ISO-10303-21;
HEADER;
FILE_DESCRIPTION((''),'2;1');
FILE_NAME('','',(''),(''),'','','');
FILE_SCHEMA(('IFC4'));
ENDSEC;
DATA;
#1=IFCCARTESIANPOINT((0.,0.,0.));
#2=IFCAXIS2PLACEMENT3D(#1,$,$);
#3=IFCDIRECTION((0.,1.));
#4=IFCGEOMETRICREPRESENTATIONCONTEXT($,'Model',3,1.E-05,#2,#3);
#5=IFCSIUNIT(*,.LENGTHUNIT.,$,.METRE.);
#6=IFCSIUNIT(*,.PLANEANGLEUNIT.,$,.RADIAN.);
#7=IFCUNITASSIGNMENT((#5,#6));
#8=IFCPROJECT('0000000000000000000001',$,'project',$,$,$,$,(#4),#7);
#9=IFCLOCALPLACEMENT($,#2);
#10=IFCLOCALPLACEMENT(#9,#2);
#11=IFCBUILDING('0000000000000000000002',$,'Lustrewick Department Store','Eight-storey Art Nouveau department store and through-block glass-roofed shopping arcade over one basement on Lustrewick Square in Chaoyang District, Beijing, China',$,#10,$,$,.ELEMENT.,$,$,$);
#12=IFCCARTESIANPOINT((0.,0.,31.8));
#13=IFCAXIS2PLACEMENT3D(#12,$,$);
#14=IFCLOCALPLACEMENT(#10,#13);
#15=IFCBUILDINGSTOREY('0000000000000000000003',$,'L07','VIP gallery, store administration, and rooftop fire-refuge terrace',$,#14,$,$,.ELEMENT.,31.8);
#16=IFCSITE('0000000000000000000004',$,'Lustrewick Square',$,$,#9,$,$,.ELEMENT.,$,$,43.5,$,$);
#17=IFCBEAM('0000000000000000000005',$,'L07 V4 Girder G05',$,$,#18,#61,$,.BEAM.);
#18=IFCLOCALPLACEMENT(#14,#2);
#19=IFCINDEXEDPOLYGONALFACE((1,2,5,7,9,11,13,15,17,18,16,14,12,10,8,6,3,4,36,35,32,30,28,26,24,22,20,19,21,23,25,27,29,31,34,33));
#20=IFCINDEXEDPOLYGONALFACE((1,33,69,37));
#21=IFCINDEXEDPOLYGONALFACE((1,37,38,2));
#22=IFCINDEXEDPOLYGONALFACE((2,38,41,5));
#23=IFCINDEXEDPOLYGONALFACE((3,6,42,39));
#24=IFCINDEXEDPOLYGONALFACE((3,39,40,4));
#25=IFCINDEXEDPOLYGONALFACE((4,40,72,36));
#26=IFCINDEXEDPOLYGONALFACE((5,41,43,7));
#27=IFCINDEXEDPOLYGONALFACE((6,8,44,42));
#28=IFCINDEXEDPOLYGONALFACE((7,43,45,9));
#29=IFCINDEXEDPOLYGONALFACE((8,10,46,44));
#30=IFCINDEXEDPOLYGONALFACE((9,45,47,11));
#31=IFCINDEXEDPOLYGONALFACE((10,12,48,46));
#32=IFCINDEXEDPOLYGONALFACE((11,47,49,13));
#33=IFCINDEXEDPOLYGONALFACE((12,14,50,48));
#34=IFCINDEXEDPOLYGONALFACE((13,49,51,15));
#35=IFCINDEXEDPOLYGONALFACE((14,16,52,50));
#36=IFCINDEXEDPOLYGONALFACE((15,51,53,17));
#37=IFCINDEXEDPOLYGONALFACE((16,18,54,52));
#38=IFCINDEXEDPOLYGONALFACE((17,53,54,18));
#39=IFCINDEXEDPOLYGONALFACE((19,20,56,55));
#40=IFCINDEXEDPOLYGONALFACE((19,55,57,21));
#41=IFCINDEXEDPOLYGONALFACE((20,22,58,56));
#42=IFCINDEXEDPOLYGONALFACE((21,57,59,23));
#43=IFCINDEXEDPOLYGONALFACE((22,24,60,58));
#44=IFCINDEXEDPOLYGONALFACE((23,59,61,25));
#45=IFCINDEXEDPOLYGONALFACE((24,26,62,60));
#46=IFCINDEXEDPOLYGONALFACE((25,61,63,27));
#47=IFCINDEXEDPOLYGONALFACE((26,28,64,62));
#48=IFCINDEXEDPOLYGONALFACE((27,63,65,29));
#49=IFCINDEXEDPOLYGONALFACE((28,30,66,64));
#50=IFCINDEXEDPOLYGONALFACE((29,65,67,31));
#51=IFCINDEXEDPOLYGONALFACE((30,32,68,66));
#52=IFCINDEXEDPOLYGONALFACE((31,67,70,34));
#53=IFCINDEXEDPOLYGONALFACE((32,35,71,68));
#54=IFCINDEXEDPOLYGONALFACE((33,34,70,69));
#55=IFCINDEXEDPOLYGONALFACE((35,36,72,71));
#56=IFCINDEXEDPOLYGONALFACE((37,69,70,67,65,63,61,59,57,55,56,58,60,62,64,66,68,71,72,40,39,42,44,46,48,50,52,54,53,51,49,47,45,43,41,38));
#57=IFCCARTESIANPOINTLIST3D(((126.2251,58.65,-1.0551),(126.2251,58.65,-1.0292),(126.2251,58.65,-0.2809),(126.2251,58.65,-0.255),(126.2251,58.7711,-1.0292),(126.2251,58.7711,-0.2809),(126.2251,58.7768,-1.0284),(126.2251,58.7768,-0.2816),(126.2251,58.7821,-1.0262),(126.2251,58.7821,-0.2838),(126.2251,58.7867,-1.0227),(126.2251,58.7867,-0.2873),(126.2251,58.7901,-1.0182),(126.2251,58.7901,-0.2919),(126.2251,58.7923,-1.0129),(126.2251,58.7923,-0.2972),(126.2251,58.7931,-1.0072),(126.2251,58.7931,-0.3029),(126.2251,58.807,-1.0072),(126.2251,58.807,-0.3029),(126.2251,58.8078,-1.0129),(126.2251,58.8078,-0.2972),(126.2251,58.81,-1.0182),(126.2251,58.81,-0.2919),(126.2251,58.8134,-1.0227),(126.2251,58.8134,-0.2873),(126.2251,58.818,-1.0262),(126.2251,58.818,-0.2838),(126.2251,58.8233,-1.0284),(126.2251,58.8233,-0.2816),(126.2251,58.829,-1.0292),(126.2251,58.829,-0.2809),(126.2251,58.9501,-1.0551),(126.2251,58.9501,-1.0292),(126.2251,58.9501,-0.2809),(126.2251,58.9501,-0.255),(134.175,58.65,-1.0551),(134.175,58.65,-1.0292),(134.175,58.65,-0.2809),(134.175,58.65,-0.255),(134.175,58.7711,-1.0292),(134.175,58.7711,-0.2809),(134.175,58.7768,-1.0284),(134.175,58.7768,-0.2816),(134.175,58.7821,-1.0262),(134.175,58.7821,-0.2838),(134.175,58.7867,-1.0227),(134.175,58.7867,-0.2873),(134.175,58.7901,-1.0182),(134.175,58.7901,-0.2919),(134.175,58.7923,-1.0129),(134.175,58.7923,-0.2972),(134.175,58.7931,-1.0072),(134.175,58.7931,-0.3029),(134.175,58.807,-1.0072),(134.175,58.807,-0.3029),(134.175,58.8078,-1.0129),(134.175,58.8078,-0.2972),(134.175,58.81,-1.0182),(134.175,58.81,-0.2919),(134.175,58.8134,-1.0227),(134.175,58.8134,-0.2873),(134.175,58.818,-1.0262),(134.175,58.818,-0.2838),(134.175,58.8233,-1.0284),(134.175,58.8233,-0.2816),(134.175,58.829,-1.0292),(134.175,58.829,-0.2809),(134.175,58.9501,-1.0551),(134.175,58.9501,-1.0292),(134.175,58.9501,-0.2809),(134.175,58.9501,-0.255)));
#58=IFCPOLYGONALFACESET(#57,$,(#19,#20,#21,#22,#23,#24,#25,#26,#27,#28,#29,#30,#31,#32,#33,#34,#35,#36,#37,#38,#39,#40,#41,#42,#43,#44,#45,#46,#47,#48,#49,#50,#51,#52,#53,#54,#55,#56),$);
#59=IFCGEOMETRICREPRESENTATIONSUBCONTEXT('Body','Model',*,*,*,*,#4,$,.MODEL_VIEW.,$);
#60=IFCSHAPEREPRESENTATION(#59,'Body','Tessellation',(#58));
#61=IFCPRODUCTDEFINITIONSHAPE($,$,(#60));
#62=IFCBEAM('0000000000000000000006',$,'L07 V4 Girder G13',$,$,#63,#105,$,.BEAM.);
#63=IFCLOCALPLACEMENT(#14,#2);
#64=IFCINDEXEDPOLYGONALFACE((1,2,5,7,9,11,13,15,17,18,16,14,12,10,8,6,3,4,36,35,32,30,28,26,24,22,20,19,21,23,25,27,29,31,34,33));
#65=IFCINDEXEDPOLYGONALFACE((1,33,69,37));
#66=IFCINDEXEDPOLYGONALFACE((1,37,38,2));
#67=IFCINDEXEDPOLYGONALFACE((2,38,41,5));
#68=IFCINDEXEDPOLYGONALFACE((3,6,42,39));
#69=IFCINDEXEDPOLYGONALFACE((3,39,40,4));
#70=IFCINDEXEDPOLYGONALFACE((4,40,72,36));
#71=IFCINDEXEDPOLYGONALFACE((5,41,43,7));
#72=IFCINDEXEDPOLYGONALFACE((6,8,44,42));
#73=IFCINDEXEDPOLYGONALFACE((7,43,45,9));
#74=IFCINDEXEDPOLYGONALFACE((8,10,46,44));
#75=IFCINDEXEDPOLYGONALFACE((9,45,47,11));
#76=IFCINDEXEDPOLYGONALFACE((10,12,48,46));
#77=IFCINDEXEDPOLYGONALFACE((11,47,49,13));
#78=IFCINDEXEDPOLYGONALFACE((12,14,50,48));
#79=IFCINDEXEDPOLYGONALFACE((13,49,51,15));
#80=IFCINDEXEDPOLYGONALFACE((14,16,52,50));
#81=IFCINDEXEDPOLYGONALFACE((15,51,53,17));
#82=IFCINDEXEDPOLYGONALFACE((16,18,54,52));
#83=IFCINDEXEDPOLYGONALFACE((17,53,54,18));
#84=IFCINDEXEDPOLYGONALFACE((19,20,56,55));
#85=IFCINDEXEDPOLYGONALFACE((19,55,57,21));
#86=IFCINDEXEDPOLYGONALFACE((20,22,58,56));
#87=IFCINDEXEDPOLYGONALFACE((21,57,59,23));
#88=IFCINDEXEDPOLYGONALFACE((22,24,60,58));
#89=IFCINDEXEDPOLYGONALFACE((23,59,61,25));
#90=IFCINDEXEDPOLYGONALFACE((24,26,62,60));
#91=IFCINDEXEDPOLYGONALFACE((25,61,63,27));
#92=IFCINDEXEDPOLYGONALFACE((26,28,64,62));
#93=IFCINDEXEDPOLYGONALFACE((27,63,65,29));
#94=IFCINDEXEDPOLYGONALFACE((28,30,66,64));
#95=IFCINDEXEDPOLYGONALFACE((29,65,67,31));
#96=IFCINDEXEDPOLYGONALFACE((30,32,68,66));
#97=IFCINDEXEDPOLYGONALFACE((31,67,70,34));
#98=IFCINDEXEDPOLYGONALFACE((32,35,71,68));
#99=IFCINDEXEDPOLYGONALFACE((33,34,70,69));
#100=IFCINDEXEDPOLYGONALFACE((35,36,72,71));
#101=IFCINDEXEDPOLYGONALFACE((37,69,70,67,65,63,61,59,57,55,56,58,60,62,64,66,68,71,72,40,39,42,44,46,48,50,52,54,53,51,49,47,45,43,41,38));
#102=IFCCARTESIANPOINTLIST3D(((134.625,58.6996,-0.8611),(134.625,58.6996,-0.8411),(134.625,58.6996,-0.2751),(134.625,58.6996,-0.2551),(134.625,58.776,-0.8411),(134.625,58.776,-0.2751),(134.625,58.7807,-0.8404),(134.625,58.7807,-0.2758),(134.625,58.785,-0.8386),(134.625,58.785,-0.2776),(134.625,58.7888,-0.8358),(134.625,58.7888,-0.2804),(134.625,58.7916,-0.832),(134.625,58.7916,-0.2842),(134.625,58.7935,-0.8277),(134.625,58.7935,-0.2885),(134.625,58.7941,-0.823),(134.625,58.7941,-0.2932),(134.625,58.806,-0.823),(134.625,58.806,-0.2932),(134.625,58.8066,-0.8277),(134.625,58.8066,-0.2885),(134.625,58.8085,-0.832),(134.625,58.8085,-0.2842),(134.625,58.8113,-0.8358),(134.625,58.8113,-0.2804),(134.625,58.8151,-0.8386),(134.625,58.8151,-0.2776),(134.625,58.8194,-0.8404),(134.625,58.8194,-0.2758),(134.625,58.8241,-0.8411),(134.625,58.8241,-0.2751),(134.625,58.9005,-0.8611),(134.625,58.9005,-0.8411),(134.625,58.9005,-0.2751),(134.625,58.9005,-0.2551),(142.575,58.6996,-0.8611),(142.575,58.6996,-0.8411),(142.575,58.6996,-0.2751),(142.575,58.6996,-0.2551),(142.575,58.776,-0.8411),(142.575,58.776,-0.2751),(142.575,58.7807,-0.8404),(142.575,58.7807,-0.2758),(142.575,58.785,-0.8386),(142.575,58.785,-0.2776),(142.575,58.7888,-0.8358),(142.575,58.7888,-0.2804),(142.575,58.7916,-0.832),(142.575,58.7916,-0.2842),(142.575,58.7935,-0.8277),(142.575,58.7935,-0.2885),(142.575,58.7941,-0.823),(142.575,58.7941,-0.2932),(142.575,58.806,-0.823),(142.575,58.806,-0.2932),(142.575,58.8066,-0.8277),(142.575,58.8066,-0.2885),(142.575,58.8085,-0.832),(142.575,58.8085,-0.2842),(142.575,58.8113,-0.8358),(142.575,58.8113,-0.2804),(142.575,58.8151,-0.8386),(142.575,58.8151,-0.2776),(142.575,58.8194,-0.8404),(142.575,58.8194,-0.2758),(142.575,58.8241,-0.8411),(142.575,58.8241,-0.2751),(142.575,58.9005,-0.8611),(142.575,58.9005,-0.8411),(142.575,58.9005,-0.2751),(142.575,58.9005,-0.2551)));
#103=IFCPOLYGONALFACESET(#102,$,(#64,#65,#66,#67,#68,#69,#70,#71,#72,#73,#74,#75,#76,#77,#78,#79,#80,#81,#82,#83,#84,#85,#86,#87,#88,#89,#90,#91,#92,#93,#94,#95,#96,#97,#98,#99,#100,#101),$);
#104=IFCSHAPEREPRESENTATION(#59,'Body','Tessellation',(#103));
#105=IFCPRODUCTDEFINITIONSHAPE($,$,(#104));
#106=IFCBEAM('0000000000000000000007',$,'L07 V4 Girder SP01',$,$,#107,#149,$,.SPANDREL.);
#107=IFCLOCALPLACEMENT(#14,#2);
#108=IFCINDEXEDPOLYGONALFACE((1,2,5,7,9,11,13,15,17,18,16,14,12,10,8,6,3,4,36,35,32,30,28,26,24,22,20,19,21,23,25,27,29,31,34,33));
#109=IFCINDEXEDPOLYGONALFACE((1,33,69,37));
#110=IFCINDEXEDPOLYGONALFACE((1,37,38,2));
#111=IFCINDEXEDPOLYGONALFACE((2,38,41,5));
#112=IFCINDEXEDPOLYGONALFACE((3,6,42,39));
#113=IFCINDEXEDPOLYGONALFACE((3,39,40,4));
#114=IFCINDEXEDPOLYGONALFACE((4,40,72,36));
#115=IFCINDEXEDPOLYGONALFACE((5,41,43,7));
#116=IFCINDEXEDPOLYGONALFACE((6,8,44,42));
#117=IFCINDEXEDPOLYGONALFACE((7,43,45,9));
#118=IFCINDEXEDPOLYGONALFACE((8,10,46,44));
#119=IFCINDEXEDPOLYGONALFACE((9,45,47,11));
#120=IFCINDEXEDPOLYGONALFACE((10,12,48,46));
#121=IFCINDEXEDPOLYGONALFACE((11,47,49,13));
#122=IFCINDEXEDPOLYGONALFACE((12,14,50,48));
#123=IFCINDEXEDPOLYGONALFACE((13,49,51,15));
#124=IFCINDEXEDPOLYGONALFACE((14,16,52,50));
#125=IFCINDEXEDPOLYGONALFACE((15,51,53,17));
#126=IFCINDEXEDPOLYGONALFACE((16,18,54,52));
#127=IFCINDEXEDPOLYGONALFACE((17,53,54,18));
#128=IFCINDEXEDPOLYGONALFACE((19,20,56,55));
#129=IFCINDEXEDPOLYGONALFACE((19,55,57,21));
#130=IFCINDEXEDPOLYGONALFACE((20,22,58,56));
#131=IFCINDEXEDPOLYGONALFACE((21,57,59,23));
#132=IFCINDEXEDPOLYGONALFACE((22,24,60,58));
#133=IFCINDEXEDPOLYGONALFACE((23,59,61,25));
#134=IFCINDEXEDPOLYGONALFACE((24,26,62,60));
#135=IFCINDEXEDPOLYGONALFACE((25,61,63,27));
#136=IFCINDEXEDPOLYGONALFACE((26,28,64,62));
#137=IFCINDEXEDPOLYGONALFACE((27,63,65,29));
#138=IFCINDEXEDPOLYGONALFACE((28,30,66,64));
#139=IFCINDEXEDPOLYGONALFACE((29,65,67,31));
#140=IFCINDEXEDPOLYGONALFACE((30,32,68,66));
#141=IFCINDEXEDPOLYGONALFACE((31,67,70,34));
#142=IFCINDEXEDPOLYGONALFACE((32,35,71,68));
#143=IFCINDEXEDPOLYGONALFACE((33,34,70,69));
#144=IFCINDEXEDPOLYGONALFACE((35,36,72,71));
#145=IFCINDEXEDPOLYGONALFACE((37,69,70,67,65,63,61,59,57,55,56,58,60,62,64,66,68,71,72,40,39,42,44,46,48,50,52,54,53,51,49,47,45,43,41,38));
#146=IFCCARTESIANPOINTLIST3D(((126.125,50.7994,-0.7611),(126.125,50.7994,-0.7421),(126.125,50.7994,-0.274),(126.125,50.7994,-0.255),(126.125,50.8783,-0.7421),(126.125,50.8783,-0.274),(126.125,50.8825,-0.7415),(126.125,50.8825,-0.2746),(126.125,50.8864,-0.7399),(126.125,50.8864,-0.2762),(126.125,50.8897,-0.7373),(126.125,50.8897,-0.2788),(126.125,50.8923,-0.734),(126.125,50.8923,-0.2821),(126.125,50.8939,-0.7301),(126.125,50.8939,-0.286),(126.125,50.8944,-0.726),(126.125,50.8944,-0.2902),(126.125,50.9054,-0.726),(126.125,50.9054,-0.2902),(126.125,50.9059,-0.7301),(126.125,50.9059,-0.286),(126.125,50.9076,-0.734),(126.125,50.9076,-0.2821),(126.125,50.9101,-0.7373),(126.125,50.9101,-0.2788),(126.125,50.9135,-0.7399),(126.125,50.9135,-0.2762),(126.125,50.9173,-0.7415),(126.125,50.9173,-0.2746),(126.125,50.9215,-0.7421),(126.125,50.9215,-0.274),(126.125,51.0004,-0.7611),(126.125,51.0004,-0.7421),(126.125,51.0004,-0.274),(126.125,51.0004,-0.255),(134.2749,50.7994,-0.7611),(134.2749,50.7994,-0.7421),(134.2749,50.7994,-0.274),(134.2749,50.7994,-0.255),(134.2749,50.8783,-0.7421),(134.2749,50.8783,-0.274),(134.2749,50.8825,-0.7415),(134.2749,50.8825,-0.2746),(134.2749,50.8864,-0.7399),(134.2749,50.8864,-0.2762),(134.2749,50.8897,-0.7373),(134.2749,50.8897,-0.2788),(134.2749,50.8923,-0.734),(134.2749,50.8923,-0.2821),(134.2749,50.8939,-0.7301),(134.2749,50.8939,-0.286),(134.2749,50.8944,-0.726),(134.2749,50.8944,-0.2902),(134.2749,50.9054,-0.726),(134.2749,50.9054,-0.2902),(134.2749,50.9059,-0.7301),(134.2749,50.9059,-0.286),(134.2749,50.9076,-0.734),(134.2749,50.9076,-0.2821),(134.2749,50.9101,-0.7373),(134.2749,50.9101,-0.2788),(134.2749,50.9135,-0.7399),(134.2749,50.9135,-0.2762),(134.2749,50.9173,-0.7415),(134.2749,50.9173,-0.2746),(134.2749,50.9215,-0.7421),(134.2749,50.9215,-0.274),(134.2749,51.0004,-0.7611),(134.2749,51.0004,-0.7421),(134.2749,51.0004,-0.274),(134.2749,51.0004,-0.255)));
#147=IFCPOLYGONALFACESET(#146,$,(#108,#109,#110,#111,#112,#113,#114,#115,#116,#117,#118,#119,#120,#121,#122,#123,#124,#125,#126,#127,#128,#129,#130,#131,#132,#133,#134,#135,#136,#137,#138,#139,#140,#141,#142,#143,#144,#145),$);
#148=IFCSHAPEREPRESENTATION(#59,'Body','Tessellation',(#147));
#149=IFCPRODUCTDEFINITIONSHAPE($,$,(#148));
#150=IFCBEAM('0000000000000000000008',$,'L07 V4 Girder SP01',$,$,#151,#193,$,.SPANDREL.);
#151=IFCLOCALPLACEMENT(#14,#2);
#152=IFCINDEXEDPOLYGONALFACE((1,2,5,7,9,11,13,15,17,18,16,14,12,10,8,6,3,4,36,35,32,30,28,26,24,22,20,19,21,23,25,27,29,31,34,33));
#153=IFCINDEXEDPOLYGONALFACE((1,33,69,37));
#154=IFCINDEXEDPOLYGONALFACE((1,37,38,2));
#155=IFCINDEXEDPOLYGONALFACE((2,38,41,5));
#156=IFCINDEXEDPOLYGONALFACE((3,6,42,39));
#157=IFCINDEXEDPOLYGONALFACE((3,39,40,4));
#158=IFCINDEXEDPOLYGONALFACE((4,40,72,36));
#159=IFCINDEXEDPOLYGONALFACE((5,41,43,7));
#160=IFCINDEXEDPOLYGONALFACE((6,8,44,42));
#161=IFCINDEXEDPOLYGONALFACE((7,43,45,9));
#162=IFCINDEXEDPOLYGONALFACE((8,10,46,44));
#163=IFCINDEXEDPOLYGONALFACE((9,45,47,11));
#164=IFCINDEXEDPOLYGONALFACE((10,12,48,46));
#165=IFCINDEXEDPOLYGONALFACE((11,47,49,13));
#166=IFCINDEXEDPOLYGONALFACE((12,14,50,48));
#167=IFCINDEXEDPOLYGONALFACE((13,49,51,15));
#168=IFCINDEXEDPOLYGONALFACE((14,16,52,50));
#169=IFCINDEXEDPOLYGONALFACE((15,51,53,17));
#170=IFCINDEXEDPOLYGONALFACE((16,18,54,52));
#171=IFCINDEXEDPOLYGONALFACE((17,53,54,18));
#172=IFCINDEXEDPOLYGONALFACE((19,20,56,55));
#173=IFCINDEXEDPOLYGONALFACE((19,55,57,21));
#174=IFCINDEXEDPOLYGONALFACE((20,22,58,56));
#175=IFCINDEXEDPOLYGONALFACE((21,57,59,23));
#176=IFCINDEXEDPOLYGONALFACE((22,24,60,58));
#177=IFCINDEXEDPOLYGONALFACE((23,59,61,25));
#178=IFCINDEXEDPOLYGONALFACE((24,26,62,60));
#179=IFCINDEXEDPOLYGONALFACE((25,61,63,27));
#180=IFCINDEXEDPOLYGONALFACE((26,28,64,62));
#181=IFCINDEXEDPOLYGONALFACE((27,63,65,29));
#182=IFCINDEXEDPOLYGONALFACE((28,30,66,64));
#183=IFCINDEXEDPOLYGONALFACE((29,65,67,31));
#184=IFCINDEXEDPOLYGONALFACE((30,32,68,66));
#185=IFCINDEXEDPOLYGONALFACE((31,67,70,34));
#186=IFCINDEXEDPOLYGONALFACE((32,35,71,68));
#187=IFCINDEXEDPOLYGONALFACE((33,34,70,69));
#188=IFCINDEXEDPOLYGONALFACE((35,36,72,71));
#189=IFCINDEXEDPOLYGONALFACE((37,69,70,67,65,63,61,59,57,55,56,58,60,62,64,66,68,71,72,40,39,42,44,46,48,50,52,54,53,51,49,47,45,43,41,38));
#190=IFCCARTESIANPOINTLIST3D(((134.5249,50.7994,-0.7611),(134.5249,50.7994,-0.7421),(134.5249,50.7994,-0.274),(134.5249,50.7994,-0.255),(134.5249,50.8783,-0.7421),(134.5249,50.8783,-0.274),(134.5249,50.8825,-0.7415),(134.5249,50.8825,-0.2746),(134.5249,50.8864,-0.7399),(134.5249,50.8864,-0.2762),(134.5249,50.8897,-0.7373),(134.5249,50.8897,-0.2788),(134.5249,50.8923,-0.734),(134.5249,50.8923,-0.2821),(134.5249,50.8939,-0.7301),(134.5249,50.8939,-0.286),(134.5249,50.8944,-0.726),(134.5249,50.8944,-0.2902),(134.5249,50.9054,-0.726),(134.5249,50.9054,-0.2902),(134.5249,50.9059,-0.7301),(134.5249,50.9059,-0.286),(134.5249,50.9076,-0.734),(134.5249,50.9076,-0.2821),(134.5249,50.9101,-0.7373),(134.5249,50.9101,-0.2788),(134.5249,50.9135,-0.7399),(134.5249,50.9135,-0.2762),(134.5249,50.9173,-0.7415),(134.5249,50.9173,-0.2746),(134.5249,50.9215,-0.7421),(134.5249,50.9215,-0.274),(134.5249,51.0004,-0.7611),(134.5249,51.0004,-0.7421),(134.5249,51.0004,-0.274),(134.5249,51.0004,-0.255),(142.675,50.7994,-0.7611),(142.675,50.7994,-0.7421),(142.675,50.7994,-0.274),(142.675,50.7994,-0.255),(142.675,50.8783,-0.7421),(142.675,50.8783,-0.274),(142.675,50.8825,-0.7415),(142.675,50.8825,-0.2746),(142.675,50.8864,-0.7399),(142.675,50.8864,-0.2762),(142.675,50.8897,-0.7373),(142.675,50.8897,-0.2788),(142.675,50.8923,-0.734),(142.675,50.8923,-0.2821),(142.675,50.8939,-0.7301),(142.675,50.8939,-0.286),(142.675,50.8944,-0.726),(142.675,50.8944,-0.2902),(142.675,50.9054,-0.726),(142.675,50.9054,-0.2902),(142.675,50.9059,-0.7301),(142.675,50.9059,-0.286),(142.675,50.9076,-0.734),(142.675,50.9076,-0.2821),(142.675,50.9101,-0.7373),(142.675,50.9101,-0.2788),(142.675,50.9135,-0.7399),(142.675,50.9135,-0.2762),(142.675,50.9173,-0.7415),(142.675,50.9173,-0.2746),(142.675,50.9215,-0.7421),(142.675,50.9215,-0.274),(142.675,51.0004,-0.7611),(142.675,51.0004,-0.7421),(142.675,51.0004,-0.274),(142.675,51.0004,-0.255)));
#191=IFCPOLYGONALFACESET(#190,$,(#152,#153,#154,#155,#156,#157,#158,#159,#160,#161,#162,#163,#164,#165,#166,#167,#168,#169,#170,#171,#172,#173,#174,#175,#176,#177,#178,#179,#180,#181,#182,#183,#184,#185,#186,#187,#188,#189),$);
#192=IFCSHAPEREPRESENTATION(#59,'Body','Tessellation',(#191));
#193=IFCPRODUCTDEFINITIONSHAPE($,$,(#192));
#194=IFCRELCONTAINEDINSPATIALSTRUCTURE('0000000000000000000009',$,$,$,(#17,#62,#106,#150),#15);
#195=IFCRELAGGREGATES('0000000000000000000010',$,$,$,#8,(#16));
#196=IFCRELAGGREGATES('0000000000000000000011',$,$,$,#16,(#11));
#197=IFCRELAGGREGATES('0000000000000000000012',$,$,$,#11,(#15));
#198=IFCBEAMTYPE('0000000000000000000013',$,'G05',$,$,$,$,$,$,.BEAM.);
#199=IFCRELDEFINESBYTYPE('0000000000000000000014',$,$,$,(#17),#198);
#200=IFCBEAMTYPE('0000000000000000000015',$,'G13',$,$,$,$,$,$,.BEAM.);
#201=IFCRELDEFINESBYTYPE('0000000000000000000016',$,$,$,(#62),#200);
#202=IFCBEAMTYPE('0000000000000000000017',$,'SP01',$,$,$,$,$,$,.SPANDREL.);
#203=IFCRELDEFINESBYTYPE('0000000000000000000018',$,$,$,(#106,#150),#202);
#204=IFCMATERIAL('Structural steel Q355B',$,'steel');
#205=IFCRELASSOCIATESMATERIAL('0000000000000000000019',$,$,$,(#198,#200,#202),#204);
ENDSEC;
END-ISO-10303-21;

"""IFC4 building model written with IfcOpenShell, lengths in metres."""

from ifc_helpers import new_model, si_unit, direction, frame, origin, origin_2d, place, context, subcontext, project, spatial, i_section, extrude, material, material_profile, profile_set, type_object, element, save


model = new_model("IFC4")

# Units and contexts
model_context = context("Model", 3, precision=1e-05, world=origin(), true_north=direction((0.0, 1.0)))
body_context = subcontext(model_context, "Body", "Model", "MODEL_VIEW")
ifc_project = project(units=[si_unit("LENGTHUNIT", "METRE"), si_unit("PLANEANGLEUNIT", "RADIAN")], contexts=[model_context])

# Site, building, storey
site_placement = place(None, origin())
site = spatial("IfcSite", under=ifc_project, at=site_placement, Name="Lustrewick Square", CompositionType="ELEMENT", RefElevation=43.5)
building_placement = place(site_placement, origin())
building = spatial("IfcBuilding", under=site, at=building_placement, Name="Lustrewick Department Store", Description="Eight-storey Art Nouveau department store and through-block glass-roofed shopping arcade over one basement on Lustrewick Square in Chaoyang District, Beijing, China", CompositionType="ELEMENT")
storey_placement = place(building_placement, frame((0.0, 0.0, 31.8)))
storey = spatial("IfcBuildingStorey", under=building, at=storey_placement, Name="L07", Description="VIP gallery, store administration, and rooftop fire-refuge terrace", CompositionType="ELEMENT", Elevation=31.8)

# Shared definitions
ifc_material_1 = material(Name="Structural steel Q355B", Category="steel")

# Beams
ifc_material_profile_1 = material_profile(ifc_material_1, i_section(OverallWidth=0.3, OverallDepth=0.8, WebThickness=0.0139, FlangeThickness=0.0259, FilletRadius=0.022, at=origin_2d()), Name="HN 800x300x14x26")
ifc_profile_set_1 = profile_set([ifc_material_profile_1], Name="Structural steel Q355B")
beam_type_1 = type_object("IfcBeamType", Name="G05", PredefinedType="BEAM", material=ifc_profile_set_1)
beam_1_placement = place(storey_placement, frame((126.2251, 58.8, -0.655), z_axis=(1.0, 0.0, 0.0), x_axis=(0.0, 1.0, 0.0)))
element("IfcBeam", 1, at=beam_1_placement, inside=storey, type_object=beam_type_1, Name="L07 V4 Girder G05", PredefinedType="BEAM", context=body_context, shape_type="SweptSolid", body=[
    extrude(i_section(OverallWidth=0.3, OverallDepth=0.8, WebThickness=0.0139, FlangeThickness=0.0259, FilletRadius=0.022, at=origin_2d()), origin(), (0.0, 0.0, 1.0), 7.95),
])
ifc_material_profile_2 = material_profile(ifc_material_1, i_section(OverallWidth=0.2009, OverallDepth=0.606, WebThickness=0.012, FlangeThickness=0.02, FilletRadius=0.0181, at=origin_2d()), Name="HN 606x201x12x20")
ifc_profile_set_2 = profile_set([ifc_material_profile_2], Name="Structural steel Q355B")
beam_type_2 = type_object("IfcBeamType", Name="G13", PredefinedType="BEAM", material=ifc_profile_set_2)
beam_2_placement = place(storey_placement, frame((134.625, 58.8, -0.5581), z_axis=(1.0, 0.0, 0.0), x_axis=(0.0, 1.0, 0.0)))
element("IfcBeam", 2, at=beam_2_placement, inside=storey, type_object=beam_type_2, Name="L07 V4 Girder G13", PredefinedType="BEAM", context=body_context, shape_type="SweptSolid", body=[
    extrude(i_section(OverallWidth=0.2009, OverallDepth=0.606, WebThickness=0.012, FlangeThickness=0.02, FilletRadius=0.0181, at=origin_2d()), origin(), (0.0, 0.0, 1.0), 7.95),
])
ifc_material_profile_3 = material_profile(ifc_material_1, i_section(OverallWidth=0.2009, OverallDepth=0.5061, WebThickness=0.011, FlangeThickness=0.019, FilletRadius=0.0161, at=origin_2d()), Name="HN 506x201x11x19")
ifc_profile_set_3 = profile_set([ifc_material_profile_3], Name="Structural steel Q355B")
beam_type_3 = type_object("IfcBeamType", Name="SP01", PredefinedType="SPANDREL", material=ifc_profile_set_3)
beam_3_placement = place(storey_placement, frame((126.125, 50.8999, -0.5081), z_axis=(1.0, 0.0, 0.0), x_axis=(0.0, 1.0, 0.0)))
element("IfcBeam", 3, at=beam_3_placement, inside=storey, type_object=beam_type_3, Name="L07 V4 Girder SP01", PredefinedType="SPANDREL", context=body_context, shape_type="SweptSolid", body=[
    extrude(i_section(OverallWidth=0.2009, OverallDepth=0.5061, WebThickness=0.011, FlangeThickness=0.019, FilletRadius=0.0161, at=origin_2d()), origin(), (0.0, 0.0, 1.0), 8.1499),
])
beam_4_placement = place(storey_placement, frame((134.5249, 50.8999, -0.5081), z_axis=(1.0, 0.0, 0.0), x_axis=(0.0, 1.0, 0.0)))
element("IfcBeam", 4, at=beam_4_placement, inside=storey, type_object=beam_type_3, Name="L07 V4 Girder SP01", PredefinedType="SPANDREL", context=body_context, shape_type="SweptSolid", body=[
    extrude(i_section(OverallWidth=0.2009, OverallDepth=0.5061, WebThickness=0.011, FlangeThickness=0.019, FilletRadius=0.0161, at=origin_2d()), origin(), (0.0, 0.0, 1.0), 8.1501),
])

save(model, "model.ifc")
